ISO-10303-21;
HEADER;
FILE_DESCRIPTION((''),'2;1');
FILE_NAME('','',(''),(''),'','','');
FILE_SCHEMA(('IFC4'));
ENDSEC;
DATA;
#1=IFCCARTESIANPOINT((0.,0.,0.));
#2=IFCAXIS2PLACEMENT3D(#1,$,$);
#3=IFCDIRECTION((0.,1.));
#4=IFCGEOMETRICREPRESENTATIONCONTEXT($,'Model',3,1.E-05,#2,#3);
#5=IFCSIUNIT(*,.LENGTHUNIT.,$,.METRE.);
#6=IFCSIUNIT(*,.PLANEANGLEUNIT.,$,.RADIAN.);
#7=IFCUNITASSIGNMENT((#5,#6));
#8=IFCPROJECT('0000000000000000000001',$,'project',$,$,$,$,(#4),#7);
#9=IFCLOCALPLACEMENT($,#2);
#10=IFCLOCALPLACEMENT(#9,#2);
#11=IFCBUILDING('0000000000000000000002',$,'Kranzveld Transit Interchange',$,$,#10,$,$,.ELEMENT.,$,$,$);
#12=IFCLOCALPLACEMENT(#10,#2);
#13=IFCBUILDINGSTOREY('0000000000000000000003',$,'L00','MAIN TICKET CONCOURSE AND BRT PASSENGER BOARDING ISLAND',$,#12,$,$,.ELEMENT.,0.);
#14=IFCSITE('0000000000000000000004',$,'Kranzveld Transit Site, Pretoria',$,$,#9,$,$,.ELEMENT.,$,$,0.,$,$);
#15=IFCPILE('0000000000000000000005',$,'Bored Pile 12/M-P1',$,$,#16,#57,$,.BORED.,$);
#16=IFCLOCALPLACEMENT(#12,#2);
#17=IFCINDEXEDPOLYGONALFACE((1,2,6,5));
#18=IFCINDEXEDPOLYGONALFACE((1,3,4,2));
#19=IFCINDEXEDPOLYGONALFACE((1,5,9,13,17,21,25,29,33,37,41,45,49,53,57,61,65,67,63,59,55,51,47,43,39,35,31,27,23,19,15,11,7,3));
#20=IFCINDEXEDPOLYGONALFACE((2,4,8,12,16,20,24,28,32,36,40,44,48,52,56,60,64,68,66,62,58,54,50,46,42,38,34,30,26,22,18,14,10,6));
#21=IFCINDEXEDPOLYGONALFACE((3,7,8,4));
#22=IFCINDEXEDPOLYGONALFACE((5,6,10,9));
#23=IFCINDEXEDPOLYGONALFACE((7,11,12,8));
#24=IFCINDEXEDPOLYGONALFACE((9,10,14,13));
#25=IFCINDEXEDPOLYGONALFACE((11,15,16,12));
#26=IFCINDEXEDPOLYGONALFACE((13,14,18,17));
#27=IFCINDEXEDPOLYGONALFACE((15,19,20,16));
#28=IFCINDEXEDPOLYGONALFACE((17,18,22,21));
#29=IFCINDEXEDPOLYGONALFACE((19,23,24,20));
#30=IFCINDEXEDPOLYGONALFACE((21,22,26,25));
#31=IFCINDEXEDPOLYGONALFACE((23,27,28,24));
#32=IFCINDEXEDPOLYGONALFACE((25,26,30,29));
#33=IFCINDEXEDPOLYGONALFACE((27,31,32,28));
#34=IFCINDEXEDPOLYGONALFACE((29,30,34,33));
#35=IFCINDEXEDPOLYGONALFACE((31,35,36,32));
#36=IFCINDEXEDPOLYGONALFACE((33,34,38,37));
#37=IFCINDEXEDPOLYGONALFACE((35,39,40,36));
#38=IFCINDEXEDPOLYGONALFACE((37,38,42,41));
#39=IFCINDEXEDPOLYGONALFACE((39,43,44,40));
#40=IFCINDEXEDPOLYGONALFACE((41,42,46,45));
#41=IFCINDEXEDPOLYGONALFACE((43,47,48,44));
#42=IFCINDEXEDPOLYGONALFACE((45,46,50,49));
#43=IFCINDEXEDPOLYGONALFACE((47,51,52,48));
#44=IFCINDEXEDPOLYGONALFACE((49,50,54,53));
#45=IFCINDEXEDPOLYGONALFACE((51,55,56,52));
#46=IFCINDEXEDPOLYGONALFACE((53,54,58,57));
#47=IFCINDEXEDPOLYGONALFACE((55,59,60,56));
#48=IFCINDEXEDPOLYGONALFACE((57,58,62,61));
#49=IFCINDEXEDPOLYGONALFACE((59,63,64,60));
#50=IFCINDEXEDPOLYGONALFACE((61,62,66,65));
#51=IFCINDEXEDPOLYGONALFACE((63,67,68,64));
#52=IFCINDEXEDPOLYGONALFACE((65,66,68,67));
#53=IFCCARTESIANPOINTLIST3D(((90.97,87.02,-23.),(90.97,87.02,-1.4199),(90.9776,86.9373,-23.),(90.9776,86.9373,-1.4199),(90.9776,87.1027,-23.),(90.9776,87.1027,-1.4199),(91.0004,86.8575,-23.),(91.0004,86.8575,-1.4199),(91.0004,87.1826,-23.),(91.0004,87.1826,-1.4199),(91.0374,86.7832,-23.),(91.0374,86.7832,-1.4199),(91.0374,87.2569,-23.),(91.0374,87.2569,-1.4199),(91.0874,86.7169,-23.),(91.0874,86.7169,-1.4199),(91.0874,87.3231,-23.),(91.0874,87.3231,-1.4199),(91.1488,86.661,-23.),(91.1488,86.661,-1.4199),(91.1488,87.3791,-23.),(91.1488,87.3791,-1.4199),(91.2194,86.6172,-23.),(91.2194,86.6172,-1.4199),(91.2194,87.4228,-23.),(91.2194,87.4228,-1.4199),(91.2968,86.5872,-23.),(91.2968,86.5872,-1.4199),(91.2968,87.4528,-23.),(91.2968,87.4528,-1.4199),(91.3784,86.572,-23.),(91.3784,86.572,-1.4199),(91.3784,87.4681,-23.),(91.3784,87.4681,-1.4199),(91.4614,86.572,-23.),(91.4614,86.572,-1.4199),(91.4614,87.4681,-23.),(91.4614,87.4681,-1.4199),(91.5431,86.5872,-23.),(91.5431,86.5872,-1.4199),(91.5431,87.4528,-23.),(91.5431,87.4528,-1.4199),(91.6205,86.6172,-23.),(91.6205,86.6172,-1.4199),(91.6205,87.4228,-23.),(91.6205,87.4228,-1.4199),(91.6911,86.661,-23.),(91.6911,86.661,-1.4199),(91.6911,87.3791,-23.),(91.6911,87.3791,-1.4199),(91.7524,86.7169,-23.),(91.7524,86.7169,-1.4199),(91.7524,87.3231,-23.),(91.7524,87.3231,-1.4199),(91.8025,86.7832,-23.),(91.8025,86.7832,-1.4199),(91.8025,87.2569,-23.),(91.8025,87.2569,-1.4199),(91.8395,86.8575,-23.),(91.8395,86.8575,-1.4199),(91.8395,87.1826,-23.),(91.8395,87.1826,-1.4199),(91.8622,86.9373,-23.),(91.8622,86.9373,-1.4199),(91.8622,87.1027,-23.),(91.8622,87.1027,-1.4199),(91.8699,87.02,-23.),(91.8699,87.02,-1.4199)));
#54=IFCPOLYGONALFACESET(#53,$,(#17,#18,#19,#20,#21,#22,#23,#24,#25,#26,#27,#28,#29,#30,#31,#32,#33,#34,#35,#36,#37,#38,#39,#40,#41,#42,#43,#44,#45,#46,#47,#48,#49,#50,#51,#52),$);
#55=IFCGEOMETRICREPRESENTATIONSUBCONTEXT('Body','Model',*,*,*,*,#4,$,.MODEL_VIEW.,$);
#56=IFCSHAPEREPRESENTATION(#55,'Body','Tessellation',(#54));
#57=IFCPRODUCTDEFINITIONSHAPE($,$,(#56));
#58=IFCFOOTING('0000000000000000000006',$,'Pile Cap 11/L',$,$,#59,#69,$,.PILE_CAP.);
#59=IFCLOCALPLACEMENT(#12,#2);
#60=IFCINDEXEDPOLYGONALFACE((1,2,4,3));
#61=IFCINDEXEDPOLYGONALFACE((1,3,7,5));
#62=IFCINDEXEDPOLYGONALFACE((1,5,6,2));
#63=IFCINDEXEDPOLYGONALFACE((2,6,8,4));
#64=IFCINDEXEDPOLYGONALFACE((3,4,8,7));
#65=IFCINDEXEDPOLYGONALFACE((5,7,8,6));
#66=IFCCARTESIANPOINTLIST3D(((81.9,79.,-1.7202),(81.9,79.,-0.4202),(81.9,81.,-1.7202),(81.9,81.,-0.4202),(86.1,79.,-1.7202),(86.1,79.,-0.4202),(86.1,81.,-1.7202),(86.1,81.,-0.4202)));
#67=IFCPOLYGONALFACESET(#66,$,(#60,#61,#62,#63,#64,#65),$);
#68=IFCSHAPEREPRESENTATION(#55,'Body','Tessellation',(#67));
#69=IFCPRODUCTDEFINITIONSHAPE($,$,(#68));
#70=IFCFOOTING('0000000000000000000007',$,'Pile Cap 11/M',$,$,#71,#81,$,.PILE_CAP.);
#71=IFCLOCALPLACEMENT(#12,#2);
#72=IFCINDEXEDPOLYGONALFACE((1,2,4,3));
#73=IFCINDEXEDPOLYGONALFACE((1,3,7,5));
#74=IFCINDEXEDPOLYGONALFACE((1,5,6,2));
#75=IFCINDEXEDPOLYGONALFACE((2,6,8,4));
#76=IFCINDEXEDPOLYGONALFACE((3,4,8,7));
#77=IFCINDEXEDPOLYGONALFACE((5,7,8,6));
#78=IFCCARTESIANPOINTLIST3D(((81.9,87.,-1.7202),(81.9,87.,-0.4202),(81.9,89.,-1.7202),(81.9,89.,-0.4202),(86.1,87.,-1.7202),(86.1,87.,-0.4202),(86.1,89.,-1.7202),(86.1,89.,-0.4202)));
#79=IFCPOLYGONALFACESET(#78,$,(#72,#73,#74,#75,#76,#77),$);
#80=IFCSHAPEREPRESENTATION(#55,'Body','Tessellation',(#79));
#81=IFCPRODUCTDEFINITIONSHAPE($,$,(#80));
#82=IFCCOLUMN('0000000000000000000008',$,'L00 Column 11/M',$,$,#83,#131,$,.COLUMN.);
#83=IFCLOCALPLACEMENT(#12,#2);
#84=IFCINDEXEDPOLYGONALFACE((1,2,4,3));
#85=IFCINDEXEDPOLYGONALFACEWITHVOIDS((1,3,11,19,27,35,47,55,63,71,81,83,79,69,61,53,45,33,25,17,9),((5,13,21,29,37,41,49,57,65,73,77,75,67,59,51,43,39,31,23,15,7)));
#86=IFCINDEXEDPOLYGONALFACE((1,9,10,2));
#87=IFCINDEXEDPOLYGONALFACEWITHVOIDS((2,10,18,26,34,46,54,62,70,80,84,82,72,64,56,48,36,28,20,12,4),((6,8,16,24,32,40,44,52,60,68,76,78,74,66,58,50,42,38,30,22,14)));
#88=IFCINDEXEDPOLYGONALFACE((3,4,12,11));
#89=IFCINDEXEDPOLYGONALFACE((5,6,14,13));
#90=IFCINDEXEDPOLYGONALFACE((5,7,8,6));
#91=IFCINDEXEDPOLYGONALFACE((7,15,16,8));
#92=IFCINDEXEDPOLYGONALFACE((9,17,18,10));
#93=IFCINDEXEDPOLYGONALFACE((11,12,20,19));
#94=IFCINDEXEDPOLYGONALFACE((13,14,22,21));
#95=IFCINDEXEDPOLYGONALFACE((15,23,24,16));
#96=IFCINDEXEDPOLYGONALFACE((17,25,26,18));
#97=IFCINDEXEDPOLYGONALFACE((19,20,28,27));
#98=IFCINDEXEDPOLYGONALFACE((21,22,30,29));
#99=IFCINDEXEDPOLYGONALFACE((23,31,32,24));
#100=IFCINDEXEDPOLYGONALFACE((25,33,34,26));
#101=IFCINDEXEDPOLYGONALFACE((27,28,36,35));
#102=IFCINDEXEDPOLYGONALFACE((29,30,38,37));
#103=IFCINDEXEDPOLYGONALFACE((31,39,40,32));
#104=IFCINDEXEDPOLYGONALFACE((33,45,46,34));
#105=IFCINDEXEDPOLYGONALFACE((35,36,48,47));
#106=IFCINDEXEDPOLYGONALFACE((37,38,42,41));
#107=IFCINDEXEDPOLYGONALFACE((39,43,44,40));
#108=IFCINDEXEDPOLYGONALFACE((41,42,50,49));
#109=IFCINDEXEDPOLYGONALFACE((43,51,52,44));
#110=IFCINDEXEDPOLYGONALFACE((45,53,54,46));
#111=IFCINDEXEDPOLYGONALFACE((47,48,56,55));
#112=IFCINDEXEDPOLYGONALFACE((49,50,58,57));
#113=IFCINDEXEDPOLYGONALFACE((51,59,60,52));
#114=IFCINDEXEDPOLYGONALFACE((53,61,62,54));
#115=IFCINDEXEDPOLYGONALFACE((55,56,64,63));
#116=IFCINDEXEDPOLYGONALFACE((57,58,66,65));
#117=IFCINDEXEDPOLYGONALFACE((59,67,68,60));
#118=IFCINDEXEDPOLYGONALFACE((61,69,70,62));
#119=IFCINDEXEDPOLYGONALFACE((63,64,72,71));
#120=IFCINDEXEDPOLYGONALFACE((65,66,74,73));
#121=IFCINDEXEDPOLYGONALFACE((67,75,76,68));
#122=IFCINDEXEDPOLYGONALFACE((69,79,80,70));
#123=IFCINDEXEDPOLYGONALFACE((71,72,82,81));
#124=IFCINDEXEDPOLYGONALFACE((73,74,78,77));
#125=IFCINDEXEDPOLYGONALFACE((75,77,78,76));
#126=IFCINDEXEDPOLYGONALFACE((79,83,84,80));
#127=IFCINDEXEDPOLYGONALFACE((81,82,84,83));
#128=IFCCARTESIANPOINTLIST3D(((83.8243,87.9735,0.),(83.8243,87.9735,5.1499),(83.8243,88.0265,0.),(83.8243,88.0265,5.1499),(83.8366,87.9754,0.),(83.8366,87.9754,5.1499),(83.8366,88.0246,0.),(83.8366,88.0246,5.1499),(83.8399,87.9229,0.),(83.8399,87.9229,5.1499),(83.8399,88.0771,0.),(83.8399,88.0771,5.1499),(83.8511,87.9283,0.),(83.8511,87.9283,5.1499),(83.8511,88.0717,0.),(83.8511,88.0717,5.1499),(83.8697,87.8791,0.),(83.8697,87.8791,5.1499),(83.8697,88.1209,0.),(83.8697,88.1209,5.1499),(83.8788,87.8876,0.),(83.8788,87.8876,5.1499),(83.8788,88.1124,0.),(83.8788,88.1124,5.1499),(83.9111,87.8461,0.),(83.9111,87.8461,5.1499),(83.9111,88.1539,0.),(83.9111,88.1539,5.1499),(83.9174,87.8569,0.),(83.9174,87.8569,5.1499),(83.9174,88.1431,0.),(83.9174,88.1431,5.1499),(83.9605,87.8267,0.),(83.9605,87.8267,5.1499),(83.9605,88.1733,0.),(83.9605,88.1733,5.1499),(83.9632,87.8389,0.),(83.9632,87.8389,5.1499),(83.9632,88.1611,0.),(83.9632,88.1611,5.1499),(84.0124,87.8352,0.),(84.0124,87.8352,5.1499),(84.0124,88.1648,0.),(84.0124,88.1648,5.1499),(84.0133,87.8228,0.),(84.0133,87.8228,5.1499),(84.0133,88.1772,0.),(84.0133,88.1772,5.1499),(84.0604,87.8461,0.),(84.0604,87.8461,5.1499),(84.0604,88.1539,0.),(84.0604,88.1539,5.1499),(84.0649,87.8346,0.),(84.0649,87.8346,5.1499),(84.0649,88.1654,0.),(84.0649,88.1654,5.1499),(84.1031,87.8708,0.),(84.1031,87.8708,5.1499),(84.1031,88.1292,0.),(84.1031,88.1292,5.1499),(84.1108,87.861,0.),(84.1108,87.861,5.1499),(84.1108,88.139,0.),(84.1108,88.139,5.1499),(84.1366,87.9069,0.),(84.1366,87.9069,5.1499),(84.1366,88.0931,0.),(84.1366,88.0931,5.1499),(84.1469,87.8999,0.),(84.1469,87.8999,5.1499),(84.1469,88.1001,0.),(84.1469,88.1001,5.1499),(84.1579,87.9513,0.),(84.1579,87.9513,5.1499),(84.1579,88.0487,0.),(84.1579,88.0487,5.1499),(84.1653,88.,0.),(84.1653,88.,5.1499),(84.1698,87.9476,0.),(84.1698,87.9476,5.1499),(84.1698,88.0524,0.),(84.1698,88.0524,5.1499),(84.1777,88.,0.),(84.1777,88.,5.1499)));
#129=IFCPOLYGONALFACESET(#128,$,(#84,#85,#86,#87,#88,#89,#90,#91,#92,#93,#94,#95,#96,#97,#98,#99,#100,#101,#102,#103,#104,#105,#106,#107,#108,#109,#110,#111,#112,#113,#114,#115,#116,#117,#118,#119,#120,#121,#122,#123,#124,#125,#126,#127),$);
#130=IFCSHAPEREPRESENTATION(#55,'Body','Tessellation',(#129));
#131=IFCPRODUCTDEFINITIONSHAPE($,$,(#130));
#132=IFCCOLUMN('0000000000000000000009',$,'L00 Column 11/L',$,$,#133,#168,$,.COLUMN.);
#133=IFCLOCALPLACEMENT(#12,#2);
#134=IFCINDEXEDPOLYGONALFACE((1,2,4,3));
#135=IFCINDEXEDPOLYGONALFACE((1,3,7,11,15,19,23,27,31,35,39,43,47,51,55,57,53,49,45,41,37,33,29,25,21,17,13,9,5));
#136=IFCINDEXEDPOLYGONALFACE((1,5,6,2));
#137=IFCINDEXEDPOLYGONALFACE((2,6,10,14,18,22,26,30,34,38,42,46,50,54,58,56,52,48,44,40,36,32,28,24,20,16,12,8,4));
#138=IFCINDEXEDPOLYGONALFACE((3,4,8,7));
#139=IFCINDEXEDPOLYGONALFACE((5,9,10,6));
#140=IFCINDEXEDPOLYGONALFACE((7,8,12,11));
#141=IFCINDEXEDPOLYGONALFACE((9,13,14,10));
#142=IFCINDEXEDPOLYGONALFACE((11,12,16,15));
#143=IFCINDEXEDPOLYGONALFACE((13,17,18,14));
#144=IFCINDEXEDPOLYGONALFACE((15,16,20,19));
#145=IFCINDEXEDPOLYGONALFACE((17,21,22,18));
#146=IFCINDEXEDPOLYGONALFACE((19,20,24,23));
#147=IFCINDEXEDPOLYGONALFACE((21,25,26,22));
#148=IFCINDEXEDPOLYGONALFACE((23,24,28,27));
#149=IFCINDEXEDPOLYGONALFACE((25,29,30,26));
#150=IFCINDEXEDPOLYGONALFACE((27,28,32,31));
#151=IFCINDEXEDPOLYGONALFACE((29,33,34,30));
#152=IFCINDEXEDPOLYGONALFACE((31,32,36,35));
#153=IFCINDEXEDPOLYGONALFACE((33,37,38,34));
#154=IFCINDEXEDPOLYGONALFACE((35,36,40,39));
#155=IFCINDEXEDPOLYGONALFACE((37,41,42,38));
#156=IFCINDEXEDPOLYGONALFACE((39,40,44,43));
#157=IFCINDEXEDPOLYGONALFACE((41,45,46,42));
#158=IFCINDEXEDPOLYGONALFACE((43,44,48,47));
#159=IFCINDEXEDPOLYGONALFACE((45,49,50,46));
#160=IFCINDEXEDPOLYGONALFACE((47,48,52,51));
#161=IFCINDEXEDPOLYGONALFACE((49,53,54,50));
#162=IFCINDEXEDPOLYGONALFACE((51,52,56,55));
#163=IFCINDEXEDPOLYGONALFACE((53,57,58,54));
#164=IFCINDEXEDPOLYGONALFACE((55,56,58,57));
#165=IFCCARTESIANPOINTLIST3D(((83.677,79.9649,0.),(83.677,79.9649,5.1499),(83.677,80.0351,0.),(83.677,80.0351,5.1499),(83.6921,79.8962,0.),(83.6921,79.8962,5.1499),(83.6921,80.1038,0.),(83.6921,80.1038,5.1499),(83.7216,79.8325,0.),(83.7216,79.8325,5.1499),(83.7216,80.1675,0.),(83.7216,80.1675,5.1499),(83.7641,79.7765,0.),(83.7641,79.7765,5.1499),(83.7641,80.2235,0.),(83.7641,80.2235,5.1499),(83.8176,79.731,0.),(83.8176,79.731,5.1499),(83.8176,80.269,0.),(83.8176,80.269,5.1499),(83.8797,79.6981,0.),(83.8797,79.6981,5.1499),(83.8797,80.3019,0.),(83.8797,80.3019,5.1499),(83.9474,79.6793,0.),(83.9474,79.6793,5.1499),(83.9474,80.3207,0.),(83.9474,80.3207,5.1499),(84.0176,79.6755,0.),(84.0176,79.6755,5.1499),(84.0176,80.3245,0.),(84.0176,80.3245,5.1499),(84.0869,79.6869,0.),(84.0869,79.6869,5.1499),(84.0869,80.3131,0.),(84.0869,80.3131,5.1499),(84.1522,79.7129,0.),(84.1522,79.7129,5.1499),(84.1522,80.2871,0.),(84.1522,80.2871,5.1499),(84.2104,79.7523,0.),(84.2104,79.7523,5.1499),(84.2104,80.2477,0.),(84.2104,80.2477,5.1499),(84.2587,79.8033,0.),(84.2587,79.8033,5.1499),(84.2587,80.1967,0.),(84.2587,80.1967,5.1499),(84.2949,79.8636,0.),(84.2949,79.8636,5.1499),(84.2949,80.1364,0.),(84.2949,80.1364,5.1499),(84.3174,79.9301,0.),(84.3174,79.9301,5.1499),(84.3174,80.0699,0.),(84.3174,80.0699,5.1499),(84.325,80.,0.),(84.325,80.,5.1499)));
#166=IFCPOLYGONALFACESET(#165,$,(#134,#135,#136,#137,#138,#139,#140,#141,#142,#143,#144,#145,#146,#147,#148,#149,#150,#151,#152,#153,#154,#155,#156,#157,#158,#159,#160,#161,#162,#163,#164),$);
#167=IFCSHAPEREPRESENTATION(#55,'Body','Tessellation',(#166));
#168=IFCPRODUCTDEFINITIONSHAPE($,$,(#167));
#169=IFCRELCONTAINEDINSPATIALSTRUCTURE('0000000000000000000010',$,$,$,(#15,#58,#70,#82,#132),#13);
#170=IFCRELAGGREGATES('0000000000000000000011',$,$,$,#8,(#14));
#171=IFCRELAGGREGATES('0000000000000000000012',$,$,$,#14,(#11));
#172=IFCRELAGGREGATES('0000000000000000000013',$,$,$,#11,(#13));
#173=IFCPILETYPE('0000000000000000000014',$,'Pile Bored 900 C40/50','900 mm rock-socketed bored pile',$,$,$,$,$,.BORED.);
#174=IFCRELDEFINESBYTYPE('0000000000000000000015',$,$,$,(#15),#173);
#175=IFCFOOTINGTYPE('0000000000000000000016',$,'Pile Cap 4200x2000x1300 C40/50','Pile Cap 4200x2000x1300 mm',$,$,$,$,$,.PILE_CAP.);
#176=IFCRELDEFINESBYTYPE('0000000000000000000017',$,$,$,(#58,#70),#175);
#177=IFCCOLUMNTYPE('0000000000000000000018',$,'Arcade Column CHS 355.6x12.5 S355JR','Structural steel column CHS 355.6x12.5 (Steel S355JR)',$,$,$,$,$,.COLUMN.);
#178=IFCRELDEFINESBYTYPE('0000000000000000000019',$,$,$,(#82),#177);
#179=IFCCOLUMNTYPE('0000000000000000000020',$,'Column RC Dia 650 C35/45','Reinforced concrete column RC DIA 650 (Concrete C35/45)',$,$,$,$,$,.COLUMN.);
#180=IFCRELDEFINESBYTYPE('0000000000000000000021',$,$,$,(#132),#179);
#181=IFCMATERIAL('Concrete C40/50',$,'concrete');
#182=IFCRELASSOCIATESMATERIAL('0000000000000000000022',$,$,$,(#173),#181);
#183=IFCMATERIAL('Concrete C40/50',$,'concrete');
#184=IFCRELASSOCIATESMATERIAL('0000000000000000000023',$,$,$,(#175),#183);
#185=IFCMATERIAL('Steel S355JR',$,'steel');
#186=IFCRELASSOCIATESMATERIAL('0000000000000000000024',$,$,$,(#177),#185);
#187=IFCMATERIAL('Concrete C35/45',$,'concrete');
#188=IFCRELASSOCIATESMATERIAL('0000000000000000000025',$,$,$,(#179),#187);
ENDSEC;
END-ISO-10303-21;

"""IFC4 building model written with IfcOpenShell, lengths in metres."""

from ifc_helpers import new_model, si_unit, direction, frame, origin, origin_2d, place, context, subcontext, project, spatial, rectangle, circle, hollow_circle, extrude, material, material_profile, profile_set, type_object, element, save


model = new_model("IFC4")

# Units and contexts
model_context = context("Model", 3, precision=1e-05, world=origin(), true_north=direction((0.0, 1.0)))
body_context = subcontext(model_context, "Body", "Model", "MODEL_VIEW")
ifc_project = project(units=[si_unit("LENGTHUNIT", "METRE"), si_unit("PLANEANGLEUNIT", "RADIAN")], contexts=[model_context])

# Site, building, storey
site_placement = place(None, origin())
site = spatial("IfcSite", under=ifc_project, at=site_placement, Name="Kranzveld Transit Site, Pretoria", CompositionType="ELEMENT", RefElevation=0.0)
building_placement = place(site_placement, origin())
building = spatial("IfcBuilding", under=site, at=building_placement, Name="Kranzveld Transit Interchange", CompositionType="ELEMENT")
storey_placement = place(building_placement, origin())
storey = spatial("IfcBuildingStorey", under=building, at=storey_placement, Name="L00", Description="MAIN TICKET CONCOURSE AND BRT PASSENGER BOARDING ISLAND", CompositionType="ELEMENT", Elevation=0.0)

# Pile
ifc_material_1 = material(Name="Concrete C40/50", Category="concrete")
ifc_material_profile_1 = material_profile(ifc_material_1, circle(Radius=0.45, at=origin_2d()), Name="BORED PILE 900")
ifc_profile_set_1 = profile_set([ifc_material_profile_1], Name="Concrete C40/50")
pile_type_1 = type_object("IfcPileType", Name="Pile Bored 900 C40/50", Description="900 mm rock-socketed bored pile", PredefinedType="BORED", material=ifc_profile_set_1)
for number, where, z_axis, x_axis, name in (
    (1, (91.4199, 87.02, -1.4199), (0.0, 0.0, -1.0), (1.0, 0.0, 0.0), "Bored Pile 12/M-P1"),
):
    element("IfcPile", number, at=place(storey_placement, frame(where, z_axis=z_axis, x_axis=x_axis)), inside=storey, type_object=pile_type_1, Name=name, PredefinedType="BORED", context=body_context, shape_type="SweptSolid", body=[
        extrude(circle(Radius=0.45, at=origin_2d()), origin(), (0.0, 0.0, 1.0), 21.5801),
    ])

# Footings
ifc_material_2 = material(Name="Concrete C40/50", Category="concrete")
footing_type = type_object("IfcFootingType", Name="Pile Cap 4200x2000x1300 C40/50", Description="Pile Cap 4200x2000x1300 mm", PredefinedType="PILE_CAP", material=ifc_material_2)
for number, where, z_axis, x_axis, name in (
    (2, (84.0, 80.0, -1.7202), (0.0, 0.0, 1.0), (1.0, 0.0, 0.0), "Pile Cap 11/L"),
    (3, (84.0, 88.0, -1.7202), (0.0, 0.0, 1.0), (1.0, 0.0, 0.0), "Pile Cap 11/M"),
):
    element("IfcFooting", number, at=place(storey_placement, frame(where, z_axis=z_axis, x_axis=x_axis)), inside=storey, type_object=footing_type, Name=name, PredefinedType="PILE_CAP", context=body_context, shape_type="SweptSolid", body=[
        extrude(rectangle(XDim=4.2, YDim=2.0, at=origin_2d()), origin(), (0.0, 0.0, 1.0), 1.3),
    ])

# Columns
ifc_material_3 = material(Name="Steel S355JR", Category="steel")
ifc_material_profile_2 = material_profile(ifc_material_3, hollow_circle(Radius=0.1777, WallThickness=0.0125, at=origin_2d()), Name="CHS 355.6x12.5")
ifc_profile_set_2 = profile_set([ifc_material_profile_2], Name="Steel S355JR")
column_type_1 = type_object("IfcColumnType", Name="Arcade Column CHS 355.6x12.5 S355JR", Description="Structural steel column CHS 355.6x12.5 (Steel S355JR)", PredefinedType="COLUMN", material=ifc_profile_set_2)
column_1_placement = place(storey_placement, frame((84.0, 88.0, 0.0), z_axis=(0.0, 0.0, 1.0), x_axis=(1.0, 0.0, 0.0)))
element("IfcColumn", 4, at=column_1_placement, inside=storey, type_object=column_type_1, Name="L00 Column 11/M", PredefinedType="COLUMN", context=body_context, shape_type="SweptSolid", body=[
    extrude(hollow_circle(Radius=0.1777, WallThickness=0.0125, at=origin_2d()), origin(), (0.0, 0.0, 1.0), 5.1499),
])
ifc_material_4 = material(Name="Concrete C35/45", Category="concrete")
ifc_material_profile_3 = material_profile(ifc_material_4, circle(Radius=0.325, at=origin_2d()), Name="RC DIA 650")
ifc_profile_set_3 = profile_set([ifc_material_profile_3], Name="Concrete C35/45")
column_type_2 = type_object("IfcColumnType", Name="Column RC Dia 650 C35/45", Description="Reinforced concrete column RC DIA 650 (Concrete C35/45)", PredefinedType="COLUMN", material=ifc_profile_set_3)
column_2_placement = place(storey_placement, frame((84.0, 80.0, 0.0), z_axis=(0.0, 0.0, 1.0), x_axis=(1.0, 0.0, 0.0)))
element("IfcColumn", 5, at=column_2_placement, inside=storey, type_object=column_type_2, Name="L00 Column 11/L", PredefinedType="COLUMN", context=body_context, shape_type="SweptSolid", body=[
    extrude(circle(Radius=0.325, at=origin_2d()), origin(), (0.0, 0.0, 1.0), 5.1499),
])

save(model, "model.ifc")
